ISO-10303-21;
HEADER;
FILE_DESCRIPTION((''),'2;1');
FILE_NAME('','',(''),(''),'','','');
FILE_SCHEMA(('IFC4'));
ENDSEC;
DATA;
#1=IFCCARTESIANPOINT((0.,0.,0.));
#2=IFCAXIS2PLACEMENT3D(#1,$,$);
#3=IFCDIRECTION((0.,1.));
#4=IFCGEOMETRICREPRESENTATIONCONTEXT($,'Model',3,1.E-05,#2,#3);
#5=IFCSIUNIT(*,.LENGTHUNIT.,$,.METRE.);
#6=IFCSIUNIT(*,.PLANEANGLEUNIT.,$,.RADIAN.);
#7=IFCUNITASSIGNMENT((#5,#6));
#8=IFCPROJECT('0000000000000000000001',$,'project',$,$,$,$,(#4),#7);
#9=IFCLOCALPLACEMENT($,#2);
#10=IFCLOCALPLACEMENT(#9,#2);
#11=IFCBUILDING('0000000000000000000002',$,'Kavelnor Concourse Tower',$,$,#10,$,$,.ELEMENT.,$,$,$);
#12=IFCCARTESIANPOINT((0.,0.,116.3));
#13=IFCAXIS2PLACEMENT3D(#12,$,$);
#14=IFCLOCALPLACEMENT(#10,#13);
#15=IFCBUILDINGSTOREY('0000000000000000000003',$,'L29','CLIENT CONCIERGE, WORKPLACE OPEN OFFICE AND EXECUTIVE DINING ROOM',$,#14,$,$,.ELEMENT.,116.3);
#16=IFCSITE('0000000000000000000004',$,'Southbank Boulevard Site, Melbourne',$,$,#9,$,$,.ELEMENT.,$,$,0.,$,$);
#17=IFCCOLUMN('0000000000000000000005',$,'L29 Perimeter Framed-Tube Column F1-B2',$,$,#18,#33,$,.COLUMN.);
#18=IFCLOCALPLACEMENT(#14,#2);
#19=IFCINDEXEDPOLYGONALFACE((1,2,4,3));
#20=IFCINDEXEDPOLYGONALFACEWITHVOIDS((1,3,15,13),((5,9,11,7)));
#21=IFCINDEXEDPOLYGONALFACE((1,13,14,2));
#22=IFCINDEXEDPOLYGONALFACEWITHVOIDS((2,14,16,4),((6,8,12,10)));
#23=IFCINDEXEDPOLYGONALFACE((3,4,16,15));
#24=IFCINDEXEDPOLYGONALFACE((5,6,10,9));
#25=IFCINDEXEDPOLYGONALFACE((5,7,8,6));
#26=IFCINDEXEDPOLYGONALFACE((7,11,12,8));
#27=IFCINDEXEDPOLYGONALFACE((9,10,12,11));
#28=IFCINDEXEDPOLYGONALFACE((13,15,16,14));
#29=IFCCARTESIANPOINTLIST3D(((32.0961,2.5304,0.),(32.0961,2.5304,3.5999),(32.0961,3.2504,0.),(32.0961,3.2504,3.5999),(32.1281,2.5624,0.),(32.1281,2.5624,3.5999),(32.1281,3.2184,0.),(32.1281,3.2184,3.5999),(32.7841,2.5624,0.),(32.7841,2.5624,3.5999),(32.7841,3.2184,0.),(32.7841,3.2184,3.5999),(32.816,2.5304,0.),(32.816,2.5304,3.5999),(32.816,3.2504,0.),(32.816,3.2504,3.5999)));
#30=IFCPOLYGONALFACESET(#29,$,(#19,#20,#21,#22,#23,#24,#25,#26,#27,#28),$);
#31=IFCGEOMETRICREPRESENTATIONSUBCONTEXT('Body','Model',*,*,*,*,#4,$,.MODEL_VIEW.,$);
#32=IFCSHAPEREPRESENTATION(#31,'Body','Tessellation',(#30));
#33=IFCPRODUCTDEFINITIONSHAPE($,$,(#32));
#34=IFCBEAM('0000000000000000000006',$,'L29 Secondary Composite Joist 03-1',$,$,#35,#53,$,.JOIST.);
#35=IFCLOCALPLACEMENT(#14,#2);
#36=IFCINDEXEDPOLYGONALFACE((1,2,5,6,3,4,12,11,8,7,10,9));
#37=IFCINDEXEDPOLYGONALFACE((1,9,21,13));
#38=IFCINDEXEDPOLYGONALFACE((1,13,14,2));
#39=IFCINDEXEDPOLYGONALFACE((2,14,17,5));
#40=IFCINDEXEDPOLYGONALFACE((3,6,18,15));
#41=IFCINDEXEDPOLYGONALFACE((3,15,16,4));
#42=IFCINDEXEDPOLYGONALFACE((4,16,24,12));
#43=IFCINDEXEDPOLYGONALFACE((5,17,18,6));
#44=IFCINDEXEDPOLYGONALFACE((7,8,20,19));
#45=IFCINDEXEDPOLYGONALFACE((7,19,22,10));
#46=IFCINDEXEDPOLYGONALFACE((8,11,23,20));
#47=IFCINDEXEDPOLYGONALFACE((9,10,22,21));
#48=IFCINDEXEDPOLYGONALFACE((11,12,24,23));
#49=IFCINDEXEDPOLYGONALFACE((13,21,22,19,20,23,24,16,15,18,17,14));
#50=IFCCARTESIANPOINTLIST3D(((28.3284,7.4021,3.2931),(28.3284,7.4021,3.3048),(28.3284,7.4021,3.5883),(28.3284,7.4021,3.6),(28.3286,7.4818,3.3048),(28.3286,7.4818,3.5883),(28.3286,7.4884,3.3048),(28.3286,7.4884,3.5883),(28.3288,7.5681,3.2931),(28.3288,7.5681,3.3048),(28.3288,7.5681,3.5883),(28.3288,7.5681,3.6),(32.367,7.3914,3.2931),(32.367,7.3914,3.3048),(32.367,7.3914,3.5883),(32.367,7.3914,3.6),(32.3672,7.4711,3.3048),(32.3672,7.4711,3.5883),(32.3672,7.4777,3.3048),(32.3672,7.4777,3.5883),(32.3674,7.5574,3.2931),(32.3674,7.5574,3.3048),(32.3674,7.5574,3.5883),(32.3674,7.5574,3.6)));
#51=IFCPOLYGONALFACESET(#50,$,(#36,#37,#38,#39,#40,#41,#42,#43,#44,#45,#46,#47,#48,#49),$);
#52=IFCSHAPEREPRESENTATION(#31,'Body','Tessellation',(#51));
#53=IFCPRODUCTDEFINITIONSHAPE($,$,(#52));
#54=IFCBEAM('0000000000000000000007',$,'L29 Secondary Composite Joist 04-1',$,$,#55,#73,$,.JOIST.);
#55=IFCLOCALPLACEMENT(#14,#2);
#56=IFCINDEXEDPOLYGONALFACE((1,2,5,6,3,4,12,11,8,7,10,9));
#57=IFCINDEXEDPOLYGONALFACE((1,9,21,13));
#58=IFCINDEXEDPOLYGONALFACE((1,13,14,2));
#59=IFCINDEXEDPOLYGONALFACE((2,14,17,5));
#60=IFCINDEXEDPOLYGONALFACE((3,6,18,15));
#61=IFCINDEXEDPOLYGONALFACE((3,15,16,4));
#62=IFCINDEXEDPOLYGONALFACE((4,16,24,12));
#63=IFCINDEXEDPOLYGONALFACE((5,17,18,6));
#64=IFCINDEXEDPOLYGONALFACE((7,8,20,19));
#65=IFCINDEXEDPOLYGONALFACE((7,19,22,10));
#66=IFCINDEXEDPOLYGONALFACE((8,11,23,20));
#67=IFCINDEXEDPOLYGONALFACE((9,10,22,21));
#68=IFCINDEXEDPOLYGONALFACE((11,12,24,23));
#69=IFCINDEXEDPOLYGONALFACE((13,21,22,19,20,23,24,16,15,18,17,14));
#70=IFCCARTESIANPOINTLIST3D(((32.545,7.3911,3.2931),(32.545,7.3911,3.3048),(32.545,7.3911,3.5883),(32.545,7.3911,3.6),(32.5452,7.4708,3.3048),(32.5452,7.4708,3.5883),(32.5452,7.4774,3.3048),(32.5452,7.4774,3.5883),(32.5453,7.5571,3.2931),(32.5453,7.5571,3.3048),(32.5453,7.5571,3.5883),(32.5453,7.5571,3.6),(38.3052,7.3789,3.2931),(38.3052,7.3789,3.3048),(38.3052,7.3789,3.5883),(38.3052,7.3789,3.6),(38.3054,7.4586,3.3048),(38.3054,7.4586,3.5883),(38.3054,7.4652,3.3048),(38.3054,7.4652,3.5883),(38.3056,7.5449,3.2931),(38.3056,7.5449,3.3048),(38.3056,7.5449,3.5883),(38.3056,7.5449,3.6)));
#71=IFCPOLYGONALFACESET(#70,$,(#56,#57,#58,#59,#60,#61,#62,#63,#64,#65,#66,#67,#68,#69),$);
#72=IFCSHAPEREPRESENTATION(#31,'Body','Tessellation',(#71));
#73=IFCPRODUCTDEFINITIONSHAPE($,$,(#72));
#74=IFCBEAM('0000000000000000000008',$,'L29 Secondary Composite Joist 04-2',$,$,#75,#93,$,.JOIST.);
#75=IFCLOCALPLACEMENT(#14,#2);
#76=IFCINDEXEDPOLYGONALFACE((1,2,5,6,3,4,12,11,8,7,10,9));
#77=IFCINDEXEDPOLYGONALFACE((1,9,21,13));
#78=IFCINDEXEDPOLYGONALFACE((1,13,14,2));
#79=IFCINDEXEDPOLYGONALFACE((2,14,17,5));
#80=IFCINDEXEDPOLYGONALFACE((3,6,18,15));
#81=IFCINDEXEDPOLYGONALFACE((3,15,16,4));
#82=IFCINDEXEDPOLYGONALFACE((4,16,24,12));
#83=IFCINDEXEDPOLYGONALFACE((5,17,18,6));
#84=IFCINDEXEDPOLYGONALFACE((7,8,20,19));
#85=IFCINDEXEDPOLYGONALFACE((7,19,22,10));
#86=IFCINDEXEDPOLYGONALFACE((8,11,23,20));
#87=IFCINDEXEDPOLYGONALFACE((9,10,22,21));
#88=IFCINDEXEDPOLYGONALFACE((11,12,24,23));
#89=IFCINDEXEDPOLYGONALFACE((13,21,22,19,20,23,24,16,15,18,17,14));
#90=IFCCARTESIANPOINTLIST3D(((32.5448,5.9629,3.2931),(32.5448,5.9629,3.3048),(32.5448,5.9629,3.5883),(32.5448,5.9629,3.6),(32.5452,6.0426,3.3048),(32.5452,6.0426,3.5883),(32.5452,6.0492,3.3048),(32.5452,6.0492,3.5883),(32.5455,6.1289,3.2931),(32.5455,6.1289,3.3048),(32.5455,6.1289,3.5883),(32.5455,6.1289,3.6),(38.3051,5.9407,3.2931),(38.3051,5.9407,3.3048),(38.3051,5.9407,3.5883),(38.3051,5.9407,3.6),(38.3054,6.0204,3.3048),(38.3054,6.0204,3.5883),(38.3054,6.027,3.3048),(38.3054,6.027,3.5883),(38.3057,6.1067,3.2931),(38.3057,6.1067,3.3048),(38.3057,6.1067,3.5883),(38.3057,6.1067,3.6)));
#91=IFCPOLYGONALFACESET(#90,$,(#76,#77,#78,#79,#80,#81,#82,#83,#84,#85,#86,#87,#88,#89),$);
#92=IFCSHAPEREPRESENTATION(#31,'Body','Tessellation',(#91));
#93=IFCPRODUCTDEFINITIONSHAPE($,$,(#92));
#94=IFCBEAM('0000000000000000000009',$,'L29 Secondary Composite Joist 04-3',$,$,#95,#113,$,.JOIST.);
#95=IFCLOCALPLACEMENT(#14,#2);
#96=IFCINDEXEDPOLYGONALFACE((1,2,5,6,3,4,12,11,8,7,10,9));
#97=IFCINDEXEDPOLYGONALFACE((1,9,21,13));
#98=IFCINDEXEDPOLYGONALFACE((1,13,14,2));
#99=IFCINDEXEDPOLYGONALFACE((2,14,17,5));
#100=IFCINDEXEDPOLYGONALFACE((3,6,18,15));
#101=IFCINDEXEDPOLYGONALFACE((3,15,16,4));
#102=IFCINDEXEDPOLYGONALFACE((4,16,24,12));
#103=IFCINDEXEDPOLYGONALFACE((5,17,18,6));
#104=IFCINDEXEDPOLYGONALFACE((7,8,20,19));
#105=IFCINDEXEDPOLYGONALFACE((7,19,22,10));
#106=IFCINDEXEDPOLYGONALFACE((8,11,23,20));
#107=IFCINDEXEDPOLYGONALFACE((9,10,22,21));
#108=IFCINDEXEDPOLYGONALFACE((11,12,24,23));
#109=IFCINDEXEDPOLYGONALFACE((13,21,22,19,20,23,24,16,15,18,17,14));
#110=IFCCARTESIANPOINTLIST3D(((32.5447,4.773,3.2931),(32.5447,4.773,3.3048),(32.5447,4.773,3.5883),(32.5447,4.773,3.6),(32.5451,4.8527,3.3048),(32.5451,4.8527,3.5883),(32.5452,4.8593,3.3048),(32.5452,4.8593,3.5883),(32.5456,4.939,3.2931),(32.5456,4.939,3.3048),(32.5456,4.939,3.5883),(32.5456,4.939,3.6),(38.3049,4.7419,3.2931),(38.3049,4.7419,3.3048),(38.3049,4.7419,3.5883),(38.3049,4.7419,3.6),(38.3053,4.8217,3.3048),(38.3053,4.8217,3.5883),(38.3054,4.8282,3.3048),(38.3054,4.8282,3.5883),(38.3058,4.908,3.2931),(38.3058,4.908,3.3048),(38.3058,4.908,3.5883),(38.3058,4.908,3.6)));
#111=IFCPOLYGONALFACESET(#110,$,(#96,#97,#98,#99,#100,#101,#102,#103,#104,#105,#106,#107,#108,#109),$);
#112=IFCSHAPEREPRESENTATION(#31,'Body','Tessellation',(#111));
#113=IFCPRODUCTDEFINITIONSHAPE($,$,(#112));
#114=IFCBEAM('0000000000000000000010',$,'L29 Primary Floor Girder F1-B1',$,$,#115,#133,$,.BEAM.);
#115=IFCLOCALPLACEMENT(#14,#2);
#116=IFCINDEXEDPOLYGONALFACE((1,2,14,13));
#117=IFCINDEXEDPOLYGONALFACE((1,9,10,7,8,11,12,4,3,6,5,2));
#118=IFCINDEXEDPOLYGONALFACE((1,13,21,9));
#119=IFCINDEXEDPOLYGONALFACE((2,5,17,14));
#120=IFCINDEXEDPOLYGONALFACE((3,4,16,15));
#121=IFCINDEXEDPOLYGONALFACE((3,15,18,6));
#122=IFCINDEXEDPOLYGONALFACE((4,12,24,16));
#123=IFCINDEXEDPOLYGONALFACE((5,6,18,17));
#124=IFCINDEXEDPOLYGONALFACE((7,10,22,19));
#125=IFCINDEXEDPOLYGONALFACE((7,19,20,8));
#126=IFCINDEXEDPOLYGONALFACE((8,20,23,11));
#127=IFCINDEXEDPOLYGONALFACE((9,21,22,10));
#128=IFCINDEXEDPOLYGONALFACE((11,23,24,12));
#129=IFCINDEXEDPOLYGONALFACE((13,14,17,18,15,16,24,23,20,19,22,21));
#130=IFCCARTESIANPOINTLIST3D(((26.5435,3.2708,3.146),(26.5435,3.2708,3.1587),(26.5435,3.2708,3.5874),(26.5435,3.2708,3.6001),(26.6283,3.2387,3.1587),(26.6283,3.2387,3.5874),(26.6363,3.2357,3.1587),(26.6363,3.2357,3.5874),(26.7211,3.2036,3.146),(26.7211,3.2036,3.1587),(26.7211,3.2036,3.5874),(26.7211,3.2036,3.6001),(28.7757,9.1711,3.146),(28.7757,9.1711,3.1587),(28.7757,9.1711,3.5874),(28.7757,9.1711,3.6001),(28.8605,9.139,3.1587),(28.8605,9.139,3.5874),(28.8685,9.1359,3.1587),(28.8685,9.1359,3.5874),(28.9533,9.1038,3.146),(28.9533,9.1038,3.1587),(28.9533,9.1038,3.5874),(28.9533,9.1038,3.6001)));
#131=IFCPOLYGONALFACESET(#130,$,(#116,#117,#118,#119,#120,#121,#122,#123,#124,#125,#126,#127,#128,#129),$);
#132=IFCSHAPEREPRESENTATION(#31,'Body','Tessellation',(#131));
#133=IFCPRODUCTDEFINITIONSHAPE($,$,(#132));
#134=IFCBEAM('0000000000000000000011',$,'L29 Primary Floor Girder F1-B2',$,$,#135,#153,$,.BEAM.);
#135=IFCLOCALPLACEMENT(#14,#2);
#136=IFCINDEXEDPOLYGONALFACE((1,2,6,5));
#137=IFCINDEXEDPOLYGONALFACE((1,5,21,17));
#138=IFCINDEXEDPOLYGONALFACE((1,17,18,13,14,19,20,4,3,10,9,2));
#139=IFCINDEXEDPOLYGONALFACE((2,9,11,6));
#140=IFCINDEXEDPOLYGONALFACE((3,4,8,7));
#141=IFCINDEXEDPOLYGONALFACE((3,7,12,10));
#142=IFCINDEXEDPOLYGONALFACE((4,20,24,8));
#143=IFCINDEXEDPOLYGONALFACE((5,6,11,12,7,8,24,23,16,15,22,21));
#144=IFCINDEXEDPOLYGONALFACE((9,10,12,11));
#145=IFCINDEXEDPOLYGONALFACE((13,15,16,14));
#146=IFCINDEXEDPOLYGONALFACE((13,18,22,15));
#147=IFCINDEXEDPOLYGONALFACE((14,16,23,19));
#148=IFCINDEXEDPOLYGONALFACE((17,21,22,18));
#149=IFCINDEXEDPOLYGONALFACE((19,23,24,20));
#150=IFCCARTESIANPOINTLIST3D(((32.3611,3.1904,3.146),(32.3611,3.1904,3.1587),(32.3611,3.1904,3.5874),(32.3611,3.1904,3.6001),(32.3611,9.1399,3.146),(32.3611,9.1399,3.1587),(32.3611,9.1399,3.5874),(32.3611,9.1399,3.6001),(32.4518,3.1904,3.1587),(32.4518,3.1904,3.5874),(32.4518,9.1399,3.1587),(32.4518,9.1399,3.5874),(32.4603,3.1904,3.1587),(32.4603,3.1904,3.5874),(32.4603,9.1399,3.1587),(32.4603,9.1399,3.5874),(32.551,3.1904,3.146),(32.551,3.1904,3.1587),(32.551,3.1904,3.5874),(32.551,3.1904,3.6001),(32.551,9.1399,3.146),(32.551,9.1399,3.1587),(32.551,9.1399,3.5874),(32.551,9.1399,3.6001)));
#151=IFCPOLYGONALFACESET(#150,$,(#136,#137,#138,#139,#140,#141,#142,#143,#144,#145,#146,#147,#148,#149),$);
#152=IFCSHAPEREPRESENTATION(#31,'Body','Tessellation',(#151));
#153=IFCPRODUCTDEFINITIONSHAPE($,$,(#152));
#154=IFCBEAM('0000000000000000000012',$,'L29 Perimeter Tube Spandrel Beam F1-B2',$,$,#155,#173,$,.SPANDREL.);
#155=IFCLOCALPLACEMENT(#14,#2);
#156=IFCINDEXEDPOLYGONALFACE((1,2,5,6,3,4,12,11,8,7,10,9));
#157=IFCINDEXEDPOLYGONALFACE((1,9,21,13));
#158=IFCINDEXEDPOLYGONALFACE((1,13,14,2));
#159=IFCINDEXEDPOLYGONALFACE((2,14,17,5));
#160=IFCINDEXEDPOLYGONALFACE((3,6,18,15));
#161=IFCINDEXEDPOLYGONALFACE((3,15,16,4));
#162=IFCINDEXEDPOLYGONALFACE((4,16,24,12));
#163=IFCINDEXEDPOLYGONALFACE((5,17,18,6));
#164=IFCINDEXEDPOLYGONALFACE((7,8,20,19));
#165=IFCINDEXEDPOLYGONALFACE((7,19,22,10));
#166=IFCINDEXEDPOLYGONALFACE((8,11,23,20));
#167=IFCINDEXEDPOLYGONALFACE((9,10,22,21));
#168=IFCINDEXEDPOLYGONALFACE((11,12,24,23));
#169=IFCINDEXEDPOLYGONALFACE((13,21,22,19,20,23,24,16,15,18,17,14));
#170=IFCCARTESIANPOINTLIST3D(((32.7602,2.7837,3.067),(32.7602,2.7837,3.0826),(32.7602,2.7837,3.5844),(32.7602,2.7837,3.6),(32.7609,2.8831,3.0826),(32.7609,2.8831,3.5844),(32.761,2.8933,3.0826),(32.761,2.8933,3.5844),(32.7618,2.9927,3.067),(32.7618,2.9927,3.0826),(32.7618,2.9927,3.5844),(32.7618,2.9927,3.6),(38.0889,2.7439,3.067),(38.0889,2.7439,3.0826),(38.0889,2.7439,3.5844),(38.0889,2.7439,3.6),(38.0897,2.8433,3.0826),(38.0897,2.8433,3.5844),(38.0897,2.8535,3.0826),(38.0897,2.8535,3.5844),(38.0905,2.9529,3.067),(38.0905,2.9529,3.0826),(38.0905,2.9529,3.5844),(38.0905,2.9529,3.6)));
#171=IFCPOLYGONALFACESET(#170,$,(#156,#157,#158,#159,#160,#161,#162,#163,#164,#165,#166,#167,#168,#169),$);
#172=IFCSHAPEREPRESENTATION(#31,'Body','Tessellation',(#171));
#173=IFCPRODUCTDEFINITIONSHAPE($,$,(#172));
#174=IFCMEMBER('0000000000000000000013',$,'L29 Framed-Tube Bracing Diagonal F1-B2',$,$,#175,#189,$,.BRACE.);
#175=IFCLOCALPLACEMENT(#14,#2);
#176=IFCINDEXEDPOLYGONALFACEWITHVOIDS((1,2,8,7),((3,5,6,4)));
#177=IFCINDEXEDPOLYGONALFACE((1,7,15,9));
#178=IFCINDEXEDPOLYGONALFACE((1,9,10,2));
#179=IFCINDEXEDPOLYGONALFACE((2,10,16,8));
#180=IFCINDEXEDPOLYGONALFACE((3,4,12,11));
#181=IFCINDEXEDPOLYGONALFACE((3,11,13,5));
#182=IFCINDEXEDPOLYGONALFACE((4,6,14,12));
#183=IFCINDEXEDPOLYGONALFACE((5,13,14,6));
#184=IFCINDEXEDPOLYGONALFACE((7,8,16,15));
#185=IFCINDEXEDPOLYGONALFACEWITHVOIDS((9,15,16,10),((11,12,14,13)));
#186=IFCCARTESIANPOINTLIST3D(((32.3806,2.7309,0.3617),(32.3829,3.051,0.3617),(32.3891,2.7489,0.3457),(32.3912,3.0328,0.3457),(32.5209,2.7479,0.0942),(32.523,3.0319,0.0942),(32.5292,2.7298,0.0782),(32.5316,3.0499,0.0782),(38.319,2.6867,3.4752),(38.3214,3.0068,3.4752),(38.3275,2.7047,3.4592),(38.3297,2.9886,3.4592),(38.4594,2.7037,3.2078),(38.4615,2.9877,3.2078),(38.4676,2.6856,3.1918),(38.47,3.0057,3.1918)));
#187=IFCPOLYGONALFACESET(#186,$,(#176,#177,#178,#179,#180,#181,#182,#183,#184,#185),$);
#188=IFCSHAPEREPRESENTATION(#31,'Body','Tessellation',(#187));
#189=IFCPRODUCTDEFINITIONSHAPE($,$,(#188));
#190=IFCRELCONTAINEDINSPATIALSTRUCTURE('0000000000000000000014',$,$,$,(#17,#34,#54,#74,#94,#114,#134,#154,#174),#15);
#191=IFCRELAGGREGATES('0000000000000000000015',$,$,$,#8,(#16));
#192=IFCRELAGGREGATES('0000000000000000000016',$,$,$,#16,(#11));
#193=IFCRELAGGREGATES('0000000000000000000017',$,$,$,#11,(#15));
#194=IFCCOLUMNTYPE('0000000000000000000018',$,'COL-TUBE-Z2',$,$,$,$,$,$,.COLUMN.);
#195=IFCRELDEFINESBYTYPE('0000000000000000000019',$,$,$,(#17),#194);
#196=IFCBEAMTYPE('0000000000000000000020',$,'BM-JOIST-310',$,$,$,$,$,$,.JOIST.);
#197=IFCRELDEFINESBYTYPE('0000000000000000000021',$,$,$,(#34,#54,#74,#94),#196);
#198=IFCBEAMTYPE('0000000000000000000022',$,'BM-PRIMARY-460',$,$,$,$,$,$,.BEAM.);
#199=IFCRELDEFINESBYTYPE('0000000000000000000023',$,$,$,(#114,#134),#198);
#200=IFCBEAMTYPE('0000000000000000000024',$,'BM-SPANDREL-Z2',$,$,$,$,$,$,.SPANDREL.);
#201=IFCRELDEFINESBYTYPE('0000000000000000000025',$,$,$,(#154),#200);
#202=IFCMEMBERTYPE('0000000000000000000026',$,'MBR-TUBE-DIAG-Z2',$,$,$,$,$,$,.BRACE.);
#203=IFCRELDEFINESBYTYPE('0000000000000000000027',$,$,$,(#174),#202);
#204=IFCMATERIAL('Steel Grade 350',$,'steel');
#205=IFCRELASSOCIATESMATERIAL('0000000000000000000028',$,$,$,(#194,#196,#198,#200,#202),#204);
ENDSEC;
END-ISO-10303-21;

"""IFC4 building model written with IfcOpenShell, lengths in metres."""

from ifc_helpers import new_model, si_unit, direction, frame, origin, origin_2d, place, context, subcontext, project, spatial, hollow_rectangle, i_section, extrude, material, material_profile, profile_set, type_object, element, save


model = new_model("IFC4")

# Units and contexts
model_context = context("Model", 3, precision=1e-05, world=origin(), true_north=direction((0.0, 1.0)))
body_context = subcontext(model_context, "Body", "Model", "MODEL_VIEW")
ifc_project = project(units=[si_unit("LENGTHUNIT", "METRE"), si_unit("PLANEANGLEUNIT", "RADIAN")], contexts=[model_context])

# Site, building, storey
site_placement = place(None, origin())
site = spatial("IfcSite", under=ifc_project, at=site_placement, Name="Southbank Boulevard Site, Melbourne", CompositionType="ELEMENT", RefElevation=0.0)
building_placement = place(site_placement, origin())
building = spatial("IfcBuilding", under=site, at=building_placement, Name="Kavelnor Concourse Tower", CompositionType="ELEMENT")
storey_placement = place(building_placement, frame((0.0, 0.0, 116.3)))
storey = spatial("IfcBuildingStorey", under=building, at=storey_placement, Name="L29", Description="CLIENT CONCIERGE, WORKPLACE OPEN OFFICE AND EXECUTIVE DINING ROOM", CompositionType="ELEMENT", Elevation=116.3)

# Column
ifc_material_1 = material(Name="Steel Grade 350", Category="steel")
ifc_material_profile_1 = material_profile(ifc_material_1, hollow_rectangle(XDim=0.72, YDim=0.72, WallThickness=0.032, at=origin_2d()), Name="SHS 720x720x32")
ifc_profile_set_1 = profile_set([ifc_material_profile_1], Name="Steel Grade 350")
column_type = type_object("IfcColumnType", Name="COL-TUBE-Z2", PredefinedType="COLUMN", material=ifc_profile_set_1)
column_placement = place(storey_placement, frame((32.4561, 2.8904, 0.0), z_axis=(0.0, 0.0, 1.0), x_axis=(1.0, 0.0, 0.0)))
element("IfcColumn", 1, at=column_placement, inside=storey, type_object=column_type, Name="L29 Perimeter Framed-Tube Column F1-B2", PredefinedType="COLUMN", context=body_context, shape_type="SweptSolid", body=[
    extrude(hollow_rectangle(XDim=0.72, YDim=0.72, WallThickness=0.032, at=origin_2d()), origin(), (0.0, 0.0, 1.0), 3.5999),
])

# Beams
ifc_material_profile_2 = material_profile(ifc_material_1, i_section(OverallWidth=0.166, OverallDepth=0.3069, WebThickness=0.0066, FlangeThickness=0.0117, at=origin_2d()), Name="310UB46")
ifc_profile_set_2 = profile_set([ifc_material_profile_2], Name="Steel Grade 350")
beam_type_1 = type_object("IfcBeamType", Name="BM-JOIST-310", PredefinedType="JOIST", material=ifc_profile_set_2)
beam_1_placement = place(storey_placement, frame((28.3286, 7.4851, 3.4465), z_axis=(0.999996, -0.00266, 0.0), x_axis=(0.00266, 0.999996, 0.0)))
element("IfcBeam", 2, at=beam_1_placement, inside=storey, type_object=beam_type_1, Name="L29 Secondary Composite Joist 03-1", PredefinedType="JOIST", context=body_context, shape_type="SweptSolid", body=[
    extrude(i_section(OverallWidth=0.166, OverallDepth=0.3069, WebThickness=0.0066, FlangeThickness=0.0117, at=origin_2d()), origin(), (0.0, 0.0, 1.0), 4.0386),
])
for number, where, z_axis, x_axis, name in (
    (3, (32.5452, 7.4741, 3.4465), (0.999998, -0.002119, 0.0), (0.002119, 0.999998, 0.0), "L29 Secondary Composite Joist 04-1"),
    (4, (32.5452, 6.0459, 3.4465), (0.999993, -0.003857, 0.0), (0.003857, 0.999993, 0.0), "L29 Secondary Composite Joist 04-2"),
    (5, (32.5452, 4.856, 3.4465), (0.999986, -0.005383, 0.0), (0.005383, 0.999986, 0.0), "L29 Secondary Composite Joist 04-3"),
):
    element("IfcBeam", number, at=place(storey_placement, frame(where, z_axis=z_axis, x_axis=x_axis)), inside=storey, type_object=beam_type_1, Name=name, PredefinedType="JOIST", context=body_context, shape_type="SweptSolid", body=[
        extrude(i_section(OverallWidth=0.166, OverallDepth=0.3069, WebThickness=0.0066, FlangeThickness=0.0117, at=origin_2d()), origin(), (0.0, 0.0, 1.0), 5.7603),
    ])
ifc_material_profile_3 = material_profile(ifc_material_1, i_section(OverallWidth=0.1899, OverallDepth=0.4541, WebThickness=0.0085, FlangeThickness=0.0127, at=origin_2d()), Name="460UB67")
ifc_profile_set_3 = profile_set([ifc_material_profile_3], Name="Steel Grade 350")
beam_type_2 = type_object("IfcBeamType", Name="BM-PRIMARY-460", PredefinedType="BEAM", material=ifc_profile_set_3)
beam_2_placement = place(storey_placement, frame((28.8645, 9.1375, 3.373), z_axis=(-0.353849, -0.935303, 0.0), x_axis=(0.935303, -0.353849, 0.0)))
element("IfcBeam", 6, at=beam_2_placement, inside=storey, type_object=beam_type_2, Name="L29 Primary Floor Girder F1-B1", PredefinedType="BEAM", context=body_context, shape_type="SweptSolid", body=[
    extrude(i_section(OverallWidth=0.1899, OverallDepth=0.4541, WebThickness=0.0085, FlangeThickness=0.0127, at=origin_2d()), origin(), (0.0, 0.0, 1.0), 6.3083),
])
beam_3_placement = place(storey_placement, frame((32.4561, 9.1399, 3.373), z_axis=(0.0, -1.0, 0.0), x_axis=(1.0, 0.0, 0.0)))
element("IfcBeam", 7, at=beam_3_placement, inside=storey, type_object=beam_type_2, Name="L29 Primary Floor Girder F1-B2", PredefinedType="BEAM", context=body_context, shape_type="SweptSolid", body=[
    extrude(i_section(OverallWidth=0.1899, OverallDepth=0.4541, WebThickness=0.0085, FlangeThickness=0.0127, at=origin_2d()), origin(), (0.0, 0.0, 1.0), 5.9495),
])
ifc_material_profile_4 = material_profile(ifc_material_1, i_section(OverallWidth=0.209, OverallDepth=0.533, WebThickness=0.0103, FlangeThickness=0.0156, at=origin_2d()), Name="530UB92")
ifc_profile_set_4 = profile_set([ifc_material_profile_4], Name="Steel Grade 350")
beam_type_3 = type_object("IfcBeamType", Name="BM-SPANDREL-Z2", PredefinedType="SPANDREL", material=ifc_profile_set_4)
beam_4_placement = place(storey_placement, frame((32.761, 2.8882, 3.3335), z_axis=(0.999972, -0.007468, 0.0), x_axis=(0.007468, 0.999972, 0.0)))
element("IfcBeam", 8, at=beam_4_placement, inside=storey, type_object=beam_type_3, Name="L29 Perimeter Tube Spandrel Beam F1-B2", PredefinedType="SPANDREL", context=body_context, shape_type="SweptSolid", body=[
    extrude(i_section(OverallWidth=0.209, OverallDepth=0.533, WebThickness=0.0103, FlangeThickness=0.0156, at=origin_2d()), origin(), (0.0, 0.0, 1.0), 5.3289),
])

# Member
ifc_material_profile_5 = material_profile(ifc_material_1, hollow_rectangle(XDim=0.3201, YDim=0.3201, WallThickness=0.0181, at=origin_2d()), Name="SHS 320x320x18")
ifc_profile_set_5 = profile_set([ifc_material_profile_5], Name="Steel Grade 350")
member_type = type_object("IfcMemberType", Name="MBR-TUBE-DIAG-Z2", PredefinedType="BRACE", material=ifc_profile_set_5)
member_placement = place(storey_placement, frame((32.4561, 2.8904, 0.22), z_axis=(0.885635, -0.00659, 0.464336), x_axis=(0.007441, 0.999972, 0.0)))
element("IfcMember", 9, at=member_placement, inside=storey, type_object=member_type, Name="L29 Framed-Tube Bracing Diagonal F1-B2", PredefinedType="BRACE", context=body_context, shape_type="SweptSolid", body=[
    extrude(hollow_rectangle(XDim=0.3201, YDim=0.3201, WallThickness=0.0181, at=origin_2d()), origin(), (0.0, 0.0, 1.0), 6.7053),
])

save(model, "model.ifc")
